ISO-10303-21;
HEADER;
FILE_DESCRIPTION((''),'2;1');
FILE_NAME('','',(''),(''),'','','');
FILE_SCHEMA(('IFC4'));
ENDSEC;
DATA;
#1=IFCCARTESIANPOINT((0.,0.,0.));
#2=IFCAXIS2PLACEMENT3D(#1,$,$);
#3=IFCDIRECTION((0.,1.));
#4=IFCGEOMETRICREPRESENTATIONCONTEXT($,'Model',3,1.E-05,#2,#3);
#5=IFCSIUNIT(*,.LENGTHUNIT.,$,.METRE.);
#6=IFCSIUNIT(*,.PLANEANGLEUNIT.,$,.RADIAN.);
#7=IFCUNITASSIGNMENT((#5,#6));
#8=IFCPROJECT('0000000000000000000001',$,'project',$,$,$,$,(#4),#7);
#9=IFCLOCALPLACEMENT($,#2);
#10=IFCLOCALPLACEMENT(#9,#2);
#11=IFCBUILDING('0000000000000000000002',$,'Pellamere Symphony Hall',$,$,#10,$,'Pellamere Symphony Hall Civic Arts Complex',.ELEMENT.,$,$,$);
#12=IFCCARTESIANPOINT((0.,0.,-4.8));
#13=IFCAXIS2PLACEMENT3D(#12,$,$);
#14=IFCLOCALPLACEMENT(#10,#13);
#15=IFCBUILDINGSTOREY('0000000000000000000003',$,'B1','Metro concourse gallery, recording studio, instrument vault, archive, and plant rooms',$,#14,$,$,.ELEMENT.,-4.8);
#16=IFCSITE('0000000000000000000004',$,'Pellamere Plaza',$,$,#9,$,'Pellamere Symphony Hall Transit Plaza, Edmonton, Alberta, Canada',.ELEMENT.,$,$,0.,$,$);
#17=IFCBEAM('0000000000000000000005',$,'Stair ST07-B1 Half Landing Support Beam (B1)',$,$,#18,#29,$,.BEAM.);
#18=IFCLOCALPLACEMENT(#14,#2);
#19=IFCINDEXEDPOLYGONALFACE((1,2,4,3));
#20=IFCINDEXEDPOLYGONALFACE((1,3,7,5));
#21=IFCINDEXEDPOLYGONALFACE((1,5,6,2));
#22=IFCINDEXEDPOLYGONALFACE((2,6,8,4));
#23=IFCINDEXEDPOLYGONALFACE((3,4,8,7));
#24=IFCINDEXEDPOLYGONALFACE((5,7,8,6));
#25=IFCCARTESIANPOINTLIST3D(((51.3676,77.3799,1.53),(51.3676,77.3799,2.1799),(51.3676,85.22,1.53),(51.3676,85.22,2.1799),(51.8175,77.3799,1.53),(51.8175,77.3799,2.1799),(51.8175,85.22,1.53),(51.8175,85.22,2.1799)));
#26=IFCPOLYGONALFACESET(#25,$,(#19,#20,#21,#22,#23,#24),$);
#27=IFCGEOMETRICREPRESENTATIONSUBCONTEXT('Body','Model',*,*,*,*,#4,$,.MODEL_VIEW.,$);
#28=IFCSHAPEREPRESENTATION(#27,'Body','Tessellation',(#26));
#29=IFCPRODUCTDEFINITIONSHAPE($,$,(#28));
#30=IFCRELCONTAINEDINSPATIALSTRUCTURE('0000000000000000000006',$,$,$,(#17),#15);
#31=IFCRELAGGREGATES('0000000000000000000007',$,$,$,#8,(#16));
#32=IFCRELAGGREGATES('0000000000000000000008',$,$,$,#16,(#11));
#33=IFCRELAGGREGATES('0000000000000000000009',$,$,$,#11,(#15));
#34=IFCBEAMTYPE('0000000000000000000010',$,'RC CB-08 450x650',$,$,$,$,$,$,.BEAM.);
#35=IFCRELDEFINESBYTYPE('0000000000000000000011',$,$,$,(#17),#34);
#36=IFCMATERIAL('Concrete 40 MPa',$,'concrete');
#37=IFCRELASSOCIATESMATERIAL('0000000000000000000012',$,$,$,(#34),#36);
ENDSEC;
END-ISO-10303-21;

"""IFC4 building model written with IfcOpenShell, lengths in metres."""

from ifc_helpers import new_model, si_unit, direction, frame, origin, origin_2d, place, context, subcontext, project, spatial, rectangle, extrude, material, material_profile, profile_set, type_object, element, save


model = new_model("IFC4")

# Units and contexts
model_context = context("Model", 3, precision=1e-05, world=origin(), true_north=direction((0.0, 1.0)))
body_context = subcontext(model_context, "Body", "Model", "MODEL_VIEW")
ifc_project = project(units=[si_unit("LENGTHUNIT", "METRE"), si_unit("PLANEANGLEUNIT", "RADIAN")], contexts=[model_context])

# Site, building, storey
site_placement = place(None, origin())
site = spatial("IfcSite", under=ifc_project, at=site_placement, Name="Pellamere Plaza", LongName="Pellamere Symphony Hall Transit Plaza, Edmonton, Alberta, Canada", CompositionType="ELEMENT", RefElevation=0.0)
building_placement = place(site_placement, origin())
building = spatial("IfcBuilding", under=site, at=building_placement, Name="Pellamere Symphony Hall", LongName="Pellamere Symphony Hall Civic Arts Complex", CompositionType="ELEMENT")
storey_placement = place(building_placement, frame((0.0, 0.0, -4.8)))
storey = spatial("IfcBuildingStorey", under=building, at=storey_placement, Name="B1", Description="Metro concourse gallery, recording studio, instrument vault, archive, and plant rooms", CompositionType="ELEMENT", Elevation=-4.8)

# Shared definitions
ifc_material_1 = material(Name="Concrete 40 MPa", Category="concrete")

# Beam
ifc_material_profile_1 = material_profile(ifc_material_1, rectangle(XDim=0.45, YDim=0.6499, at=origin_2d()), Name="RC 450x650")
ifc_profile_set_1 = profile_set([ifc_material_profile_1], Name="Concrete 40 MPa")
beam_type = type_object("IfcBeamType", Name="RC CB-08 450x650", PredefinedType="BEAM", material=ifc_profile_set_1)
beam_placement = place(storey_placement, frame((51.5925, 77.3799, 1.855), z_axis=(0.0, 1.0, 0.0), x_axis=(-1.0, 0.0, 0.0)))
element("IfcBeam", 1, at=beam_placement, inside=storey, type_object=beam_type, Name="Stair ST07-B1 Half Landing Support Beam (B1)", PredefinedType="BEAM", context=body_context, shape_type="SweptSolid", body=[
    extrude(rectangle(XDim=0.45, YDim=0.6499, at=origin_2d()), origin(), (0.0, 0.0, 1.0), 7.8401),
])

save(model, "model.ifc")
